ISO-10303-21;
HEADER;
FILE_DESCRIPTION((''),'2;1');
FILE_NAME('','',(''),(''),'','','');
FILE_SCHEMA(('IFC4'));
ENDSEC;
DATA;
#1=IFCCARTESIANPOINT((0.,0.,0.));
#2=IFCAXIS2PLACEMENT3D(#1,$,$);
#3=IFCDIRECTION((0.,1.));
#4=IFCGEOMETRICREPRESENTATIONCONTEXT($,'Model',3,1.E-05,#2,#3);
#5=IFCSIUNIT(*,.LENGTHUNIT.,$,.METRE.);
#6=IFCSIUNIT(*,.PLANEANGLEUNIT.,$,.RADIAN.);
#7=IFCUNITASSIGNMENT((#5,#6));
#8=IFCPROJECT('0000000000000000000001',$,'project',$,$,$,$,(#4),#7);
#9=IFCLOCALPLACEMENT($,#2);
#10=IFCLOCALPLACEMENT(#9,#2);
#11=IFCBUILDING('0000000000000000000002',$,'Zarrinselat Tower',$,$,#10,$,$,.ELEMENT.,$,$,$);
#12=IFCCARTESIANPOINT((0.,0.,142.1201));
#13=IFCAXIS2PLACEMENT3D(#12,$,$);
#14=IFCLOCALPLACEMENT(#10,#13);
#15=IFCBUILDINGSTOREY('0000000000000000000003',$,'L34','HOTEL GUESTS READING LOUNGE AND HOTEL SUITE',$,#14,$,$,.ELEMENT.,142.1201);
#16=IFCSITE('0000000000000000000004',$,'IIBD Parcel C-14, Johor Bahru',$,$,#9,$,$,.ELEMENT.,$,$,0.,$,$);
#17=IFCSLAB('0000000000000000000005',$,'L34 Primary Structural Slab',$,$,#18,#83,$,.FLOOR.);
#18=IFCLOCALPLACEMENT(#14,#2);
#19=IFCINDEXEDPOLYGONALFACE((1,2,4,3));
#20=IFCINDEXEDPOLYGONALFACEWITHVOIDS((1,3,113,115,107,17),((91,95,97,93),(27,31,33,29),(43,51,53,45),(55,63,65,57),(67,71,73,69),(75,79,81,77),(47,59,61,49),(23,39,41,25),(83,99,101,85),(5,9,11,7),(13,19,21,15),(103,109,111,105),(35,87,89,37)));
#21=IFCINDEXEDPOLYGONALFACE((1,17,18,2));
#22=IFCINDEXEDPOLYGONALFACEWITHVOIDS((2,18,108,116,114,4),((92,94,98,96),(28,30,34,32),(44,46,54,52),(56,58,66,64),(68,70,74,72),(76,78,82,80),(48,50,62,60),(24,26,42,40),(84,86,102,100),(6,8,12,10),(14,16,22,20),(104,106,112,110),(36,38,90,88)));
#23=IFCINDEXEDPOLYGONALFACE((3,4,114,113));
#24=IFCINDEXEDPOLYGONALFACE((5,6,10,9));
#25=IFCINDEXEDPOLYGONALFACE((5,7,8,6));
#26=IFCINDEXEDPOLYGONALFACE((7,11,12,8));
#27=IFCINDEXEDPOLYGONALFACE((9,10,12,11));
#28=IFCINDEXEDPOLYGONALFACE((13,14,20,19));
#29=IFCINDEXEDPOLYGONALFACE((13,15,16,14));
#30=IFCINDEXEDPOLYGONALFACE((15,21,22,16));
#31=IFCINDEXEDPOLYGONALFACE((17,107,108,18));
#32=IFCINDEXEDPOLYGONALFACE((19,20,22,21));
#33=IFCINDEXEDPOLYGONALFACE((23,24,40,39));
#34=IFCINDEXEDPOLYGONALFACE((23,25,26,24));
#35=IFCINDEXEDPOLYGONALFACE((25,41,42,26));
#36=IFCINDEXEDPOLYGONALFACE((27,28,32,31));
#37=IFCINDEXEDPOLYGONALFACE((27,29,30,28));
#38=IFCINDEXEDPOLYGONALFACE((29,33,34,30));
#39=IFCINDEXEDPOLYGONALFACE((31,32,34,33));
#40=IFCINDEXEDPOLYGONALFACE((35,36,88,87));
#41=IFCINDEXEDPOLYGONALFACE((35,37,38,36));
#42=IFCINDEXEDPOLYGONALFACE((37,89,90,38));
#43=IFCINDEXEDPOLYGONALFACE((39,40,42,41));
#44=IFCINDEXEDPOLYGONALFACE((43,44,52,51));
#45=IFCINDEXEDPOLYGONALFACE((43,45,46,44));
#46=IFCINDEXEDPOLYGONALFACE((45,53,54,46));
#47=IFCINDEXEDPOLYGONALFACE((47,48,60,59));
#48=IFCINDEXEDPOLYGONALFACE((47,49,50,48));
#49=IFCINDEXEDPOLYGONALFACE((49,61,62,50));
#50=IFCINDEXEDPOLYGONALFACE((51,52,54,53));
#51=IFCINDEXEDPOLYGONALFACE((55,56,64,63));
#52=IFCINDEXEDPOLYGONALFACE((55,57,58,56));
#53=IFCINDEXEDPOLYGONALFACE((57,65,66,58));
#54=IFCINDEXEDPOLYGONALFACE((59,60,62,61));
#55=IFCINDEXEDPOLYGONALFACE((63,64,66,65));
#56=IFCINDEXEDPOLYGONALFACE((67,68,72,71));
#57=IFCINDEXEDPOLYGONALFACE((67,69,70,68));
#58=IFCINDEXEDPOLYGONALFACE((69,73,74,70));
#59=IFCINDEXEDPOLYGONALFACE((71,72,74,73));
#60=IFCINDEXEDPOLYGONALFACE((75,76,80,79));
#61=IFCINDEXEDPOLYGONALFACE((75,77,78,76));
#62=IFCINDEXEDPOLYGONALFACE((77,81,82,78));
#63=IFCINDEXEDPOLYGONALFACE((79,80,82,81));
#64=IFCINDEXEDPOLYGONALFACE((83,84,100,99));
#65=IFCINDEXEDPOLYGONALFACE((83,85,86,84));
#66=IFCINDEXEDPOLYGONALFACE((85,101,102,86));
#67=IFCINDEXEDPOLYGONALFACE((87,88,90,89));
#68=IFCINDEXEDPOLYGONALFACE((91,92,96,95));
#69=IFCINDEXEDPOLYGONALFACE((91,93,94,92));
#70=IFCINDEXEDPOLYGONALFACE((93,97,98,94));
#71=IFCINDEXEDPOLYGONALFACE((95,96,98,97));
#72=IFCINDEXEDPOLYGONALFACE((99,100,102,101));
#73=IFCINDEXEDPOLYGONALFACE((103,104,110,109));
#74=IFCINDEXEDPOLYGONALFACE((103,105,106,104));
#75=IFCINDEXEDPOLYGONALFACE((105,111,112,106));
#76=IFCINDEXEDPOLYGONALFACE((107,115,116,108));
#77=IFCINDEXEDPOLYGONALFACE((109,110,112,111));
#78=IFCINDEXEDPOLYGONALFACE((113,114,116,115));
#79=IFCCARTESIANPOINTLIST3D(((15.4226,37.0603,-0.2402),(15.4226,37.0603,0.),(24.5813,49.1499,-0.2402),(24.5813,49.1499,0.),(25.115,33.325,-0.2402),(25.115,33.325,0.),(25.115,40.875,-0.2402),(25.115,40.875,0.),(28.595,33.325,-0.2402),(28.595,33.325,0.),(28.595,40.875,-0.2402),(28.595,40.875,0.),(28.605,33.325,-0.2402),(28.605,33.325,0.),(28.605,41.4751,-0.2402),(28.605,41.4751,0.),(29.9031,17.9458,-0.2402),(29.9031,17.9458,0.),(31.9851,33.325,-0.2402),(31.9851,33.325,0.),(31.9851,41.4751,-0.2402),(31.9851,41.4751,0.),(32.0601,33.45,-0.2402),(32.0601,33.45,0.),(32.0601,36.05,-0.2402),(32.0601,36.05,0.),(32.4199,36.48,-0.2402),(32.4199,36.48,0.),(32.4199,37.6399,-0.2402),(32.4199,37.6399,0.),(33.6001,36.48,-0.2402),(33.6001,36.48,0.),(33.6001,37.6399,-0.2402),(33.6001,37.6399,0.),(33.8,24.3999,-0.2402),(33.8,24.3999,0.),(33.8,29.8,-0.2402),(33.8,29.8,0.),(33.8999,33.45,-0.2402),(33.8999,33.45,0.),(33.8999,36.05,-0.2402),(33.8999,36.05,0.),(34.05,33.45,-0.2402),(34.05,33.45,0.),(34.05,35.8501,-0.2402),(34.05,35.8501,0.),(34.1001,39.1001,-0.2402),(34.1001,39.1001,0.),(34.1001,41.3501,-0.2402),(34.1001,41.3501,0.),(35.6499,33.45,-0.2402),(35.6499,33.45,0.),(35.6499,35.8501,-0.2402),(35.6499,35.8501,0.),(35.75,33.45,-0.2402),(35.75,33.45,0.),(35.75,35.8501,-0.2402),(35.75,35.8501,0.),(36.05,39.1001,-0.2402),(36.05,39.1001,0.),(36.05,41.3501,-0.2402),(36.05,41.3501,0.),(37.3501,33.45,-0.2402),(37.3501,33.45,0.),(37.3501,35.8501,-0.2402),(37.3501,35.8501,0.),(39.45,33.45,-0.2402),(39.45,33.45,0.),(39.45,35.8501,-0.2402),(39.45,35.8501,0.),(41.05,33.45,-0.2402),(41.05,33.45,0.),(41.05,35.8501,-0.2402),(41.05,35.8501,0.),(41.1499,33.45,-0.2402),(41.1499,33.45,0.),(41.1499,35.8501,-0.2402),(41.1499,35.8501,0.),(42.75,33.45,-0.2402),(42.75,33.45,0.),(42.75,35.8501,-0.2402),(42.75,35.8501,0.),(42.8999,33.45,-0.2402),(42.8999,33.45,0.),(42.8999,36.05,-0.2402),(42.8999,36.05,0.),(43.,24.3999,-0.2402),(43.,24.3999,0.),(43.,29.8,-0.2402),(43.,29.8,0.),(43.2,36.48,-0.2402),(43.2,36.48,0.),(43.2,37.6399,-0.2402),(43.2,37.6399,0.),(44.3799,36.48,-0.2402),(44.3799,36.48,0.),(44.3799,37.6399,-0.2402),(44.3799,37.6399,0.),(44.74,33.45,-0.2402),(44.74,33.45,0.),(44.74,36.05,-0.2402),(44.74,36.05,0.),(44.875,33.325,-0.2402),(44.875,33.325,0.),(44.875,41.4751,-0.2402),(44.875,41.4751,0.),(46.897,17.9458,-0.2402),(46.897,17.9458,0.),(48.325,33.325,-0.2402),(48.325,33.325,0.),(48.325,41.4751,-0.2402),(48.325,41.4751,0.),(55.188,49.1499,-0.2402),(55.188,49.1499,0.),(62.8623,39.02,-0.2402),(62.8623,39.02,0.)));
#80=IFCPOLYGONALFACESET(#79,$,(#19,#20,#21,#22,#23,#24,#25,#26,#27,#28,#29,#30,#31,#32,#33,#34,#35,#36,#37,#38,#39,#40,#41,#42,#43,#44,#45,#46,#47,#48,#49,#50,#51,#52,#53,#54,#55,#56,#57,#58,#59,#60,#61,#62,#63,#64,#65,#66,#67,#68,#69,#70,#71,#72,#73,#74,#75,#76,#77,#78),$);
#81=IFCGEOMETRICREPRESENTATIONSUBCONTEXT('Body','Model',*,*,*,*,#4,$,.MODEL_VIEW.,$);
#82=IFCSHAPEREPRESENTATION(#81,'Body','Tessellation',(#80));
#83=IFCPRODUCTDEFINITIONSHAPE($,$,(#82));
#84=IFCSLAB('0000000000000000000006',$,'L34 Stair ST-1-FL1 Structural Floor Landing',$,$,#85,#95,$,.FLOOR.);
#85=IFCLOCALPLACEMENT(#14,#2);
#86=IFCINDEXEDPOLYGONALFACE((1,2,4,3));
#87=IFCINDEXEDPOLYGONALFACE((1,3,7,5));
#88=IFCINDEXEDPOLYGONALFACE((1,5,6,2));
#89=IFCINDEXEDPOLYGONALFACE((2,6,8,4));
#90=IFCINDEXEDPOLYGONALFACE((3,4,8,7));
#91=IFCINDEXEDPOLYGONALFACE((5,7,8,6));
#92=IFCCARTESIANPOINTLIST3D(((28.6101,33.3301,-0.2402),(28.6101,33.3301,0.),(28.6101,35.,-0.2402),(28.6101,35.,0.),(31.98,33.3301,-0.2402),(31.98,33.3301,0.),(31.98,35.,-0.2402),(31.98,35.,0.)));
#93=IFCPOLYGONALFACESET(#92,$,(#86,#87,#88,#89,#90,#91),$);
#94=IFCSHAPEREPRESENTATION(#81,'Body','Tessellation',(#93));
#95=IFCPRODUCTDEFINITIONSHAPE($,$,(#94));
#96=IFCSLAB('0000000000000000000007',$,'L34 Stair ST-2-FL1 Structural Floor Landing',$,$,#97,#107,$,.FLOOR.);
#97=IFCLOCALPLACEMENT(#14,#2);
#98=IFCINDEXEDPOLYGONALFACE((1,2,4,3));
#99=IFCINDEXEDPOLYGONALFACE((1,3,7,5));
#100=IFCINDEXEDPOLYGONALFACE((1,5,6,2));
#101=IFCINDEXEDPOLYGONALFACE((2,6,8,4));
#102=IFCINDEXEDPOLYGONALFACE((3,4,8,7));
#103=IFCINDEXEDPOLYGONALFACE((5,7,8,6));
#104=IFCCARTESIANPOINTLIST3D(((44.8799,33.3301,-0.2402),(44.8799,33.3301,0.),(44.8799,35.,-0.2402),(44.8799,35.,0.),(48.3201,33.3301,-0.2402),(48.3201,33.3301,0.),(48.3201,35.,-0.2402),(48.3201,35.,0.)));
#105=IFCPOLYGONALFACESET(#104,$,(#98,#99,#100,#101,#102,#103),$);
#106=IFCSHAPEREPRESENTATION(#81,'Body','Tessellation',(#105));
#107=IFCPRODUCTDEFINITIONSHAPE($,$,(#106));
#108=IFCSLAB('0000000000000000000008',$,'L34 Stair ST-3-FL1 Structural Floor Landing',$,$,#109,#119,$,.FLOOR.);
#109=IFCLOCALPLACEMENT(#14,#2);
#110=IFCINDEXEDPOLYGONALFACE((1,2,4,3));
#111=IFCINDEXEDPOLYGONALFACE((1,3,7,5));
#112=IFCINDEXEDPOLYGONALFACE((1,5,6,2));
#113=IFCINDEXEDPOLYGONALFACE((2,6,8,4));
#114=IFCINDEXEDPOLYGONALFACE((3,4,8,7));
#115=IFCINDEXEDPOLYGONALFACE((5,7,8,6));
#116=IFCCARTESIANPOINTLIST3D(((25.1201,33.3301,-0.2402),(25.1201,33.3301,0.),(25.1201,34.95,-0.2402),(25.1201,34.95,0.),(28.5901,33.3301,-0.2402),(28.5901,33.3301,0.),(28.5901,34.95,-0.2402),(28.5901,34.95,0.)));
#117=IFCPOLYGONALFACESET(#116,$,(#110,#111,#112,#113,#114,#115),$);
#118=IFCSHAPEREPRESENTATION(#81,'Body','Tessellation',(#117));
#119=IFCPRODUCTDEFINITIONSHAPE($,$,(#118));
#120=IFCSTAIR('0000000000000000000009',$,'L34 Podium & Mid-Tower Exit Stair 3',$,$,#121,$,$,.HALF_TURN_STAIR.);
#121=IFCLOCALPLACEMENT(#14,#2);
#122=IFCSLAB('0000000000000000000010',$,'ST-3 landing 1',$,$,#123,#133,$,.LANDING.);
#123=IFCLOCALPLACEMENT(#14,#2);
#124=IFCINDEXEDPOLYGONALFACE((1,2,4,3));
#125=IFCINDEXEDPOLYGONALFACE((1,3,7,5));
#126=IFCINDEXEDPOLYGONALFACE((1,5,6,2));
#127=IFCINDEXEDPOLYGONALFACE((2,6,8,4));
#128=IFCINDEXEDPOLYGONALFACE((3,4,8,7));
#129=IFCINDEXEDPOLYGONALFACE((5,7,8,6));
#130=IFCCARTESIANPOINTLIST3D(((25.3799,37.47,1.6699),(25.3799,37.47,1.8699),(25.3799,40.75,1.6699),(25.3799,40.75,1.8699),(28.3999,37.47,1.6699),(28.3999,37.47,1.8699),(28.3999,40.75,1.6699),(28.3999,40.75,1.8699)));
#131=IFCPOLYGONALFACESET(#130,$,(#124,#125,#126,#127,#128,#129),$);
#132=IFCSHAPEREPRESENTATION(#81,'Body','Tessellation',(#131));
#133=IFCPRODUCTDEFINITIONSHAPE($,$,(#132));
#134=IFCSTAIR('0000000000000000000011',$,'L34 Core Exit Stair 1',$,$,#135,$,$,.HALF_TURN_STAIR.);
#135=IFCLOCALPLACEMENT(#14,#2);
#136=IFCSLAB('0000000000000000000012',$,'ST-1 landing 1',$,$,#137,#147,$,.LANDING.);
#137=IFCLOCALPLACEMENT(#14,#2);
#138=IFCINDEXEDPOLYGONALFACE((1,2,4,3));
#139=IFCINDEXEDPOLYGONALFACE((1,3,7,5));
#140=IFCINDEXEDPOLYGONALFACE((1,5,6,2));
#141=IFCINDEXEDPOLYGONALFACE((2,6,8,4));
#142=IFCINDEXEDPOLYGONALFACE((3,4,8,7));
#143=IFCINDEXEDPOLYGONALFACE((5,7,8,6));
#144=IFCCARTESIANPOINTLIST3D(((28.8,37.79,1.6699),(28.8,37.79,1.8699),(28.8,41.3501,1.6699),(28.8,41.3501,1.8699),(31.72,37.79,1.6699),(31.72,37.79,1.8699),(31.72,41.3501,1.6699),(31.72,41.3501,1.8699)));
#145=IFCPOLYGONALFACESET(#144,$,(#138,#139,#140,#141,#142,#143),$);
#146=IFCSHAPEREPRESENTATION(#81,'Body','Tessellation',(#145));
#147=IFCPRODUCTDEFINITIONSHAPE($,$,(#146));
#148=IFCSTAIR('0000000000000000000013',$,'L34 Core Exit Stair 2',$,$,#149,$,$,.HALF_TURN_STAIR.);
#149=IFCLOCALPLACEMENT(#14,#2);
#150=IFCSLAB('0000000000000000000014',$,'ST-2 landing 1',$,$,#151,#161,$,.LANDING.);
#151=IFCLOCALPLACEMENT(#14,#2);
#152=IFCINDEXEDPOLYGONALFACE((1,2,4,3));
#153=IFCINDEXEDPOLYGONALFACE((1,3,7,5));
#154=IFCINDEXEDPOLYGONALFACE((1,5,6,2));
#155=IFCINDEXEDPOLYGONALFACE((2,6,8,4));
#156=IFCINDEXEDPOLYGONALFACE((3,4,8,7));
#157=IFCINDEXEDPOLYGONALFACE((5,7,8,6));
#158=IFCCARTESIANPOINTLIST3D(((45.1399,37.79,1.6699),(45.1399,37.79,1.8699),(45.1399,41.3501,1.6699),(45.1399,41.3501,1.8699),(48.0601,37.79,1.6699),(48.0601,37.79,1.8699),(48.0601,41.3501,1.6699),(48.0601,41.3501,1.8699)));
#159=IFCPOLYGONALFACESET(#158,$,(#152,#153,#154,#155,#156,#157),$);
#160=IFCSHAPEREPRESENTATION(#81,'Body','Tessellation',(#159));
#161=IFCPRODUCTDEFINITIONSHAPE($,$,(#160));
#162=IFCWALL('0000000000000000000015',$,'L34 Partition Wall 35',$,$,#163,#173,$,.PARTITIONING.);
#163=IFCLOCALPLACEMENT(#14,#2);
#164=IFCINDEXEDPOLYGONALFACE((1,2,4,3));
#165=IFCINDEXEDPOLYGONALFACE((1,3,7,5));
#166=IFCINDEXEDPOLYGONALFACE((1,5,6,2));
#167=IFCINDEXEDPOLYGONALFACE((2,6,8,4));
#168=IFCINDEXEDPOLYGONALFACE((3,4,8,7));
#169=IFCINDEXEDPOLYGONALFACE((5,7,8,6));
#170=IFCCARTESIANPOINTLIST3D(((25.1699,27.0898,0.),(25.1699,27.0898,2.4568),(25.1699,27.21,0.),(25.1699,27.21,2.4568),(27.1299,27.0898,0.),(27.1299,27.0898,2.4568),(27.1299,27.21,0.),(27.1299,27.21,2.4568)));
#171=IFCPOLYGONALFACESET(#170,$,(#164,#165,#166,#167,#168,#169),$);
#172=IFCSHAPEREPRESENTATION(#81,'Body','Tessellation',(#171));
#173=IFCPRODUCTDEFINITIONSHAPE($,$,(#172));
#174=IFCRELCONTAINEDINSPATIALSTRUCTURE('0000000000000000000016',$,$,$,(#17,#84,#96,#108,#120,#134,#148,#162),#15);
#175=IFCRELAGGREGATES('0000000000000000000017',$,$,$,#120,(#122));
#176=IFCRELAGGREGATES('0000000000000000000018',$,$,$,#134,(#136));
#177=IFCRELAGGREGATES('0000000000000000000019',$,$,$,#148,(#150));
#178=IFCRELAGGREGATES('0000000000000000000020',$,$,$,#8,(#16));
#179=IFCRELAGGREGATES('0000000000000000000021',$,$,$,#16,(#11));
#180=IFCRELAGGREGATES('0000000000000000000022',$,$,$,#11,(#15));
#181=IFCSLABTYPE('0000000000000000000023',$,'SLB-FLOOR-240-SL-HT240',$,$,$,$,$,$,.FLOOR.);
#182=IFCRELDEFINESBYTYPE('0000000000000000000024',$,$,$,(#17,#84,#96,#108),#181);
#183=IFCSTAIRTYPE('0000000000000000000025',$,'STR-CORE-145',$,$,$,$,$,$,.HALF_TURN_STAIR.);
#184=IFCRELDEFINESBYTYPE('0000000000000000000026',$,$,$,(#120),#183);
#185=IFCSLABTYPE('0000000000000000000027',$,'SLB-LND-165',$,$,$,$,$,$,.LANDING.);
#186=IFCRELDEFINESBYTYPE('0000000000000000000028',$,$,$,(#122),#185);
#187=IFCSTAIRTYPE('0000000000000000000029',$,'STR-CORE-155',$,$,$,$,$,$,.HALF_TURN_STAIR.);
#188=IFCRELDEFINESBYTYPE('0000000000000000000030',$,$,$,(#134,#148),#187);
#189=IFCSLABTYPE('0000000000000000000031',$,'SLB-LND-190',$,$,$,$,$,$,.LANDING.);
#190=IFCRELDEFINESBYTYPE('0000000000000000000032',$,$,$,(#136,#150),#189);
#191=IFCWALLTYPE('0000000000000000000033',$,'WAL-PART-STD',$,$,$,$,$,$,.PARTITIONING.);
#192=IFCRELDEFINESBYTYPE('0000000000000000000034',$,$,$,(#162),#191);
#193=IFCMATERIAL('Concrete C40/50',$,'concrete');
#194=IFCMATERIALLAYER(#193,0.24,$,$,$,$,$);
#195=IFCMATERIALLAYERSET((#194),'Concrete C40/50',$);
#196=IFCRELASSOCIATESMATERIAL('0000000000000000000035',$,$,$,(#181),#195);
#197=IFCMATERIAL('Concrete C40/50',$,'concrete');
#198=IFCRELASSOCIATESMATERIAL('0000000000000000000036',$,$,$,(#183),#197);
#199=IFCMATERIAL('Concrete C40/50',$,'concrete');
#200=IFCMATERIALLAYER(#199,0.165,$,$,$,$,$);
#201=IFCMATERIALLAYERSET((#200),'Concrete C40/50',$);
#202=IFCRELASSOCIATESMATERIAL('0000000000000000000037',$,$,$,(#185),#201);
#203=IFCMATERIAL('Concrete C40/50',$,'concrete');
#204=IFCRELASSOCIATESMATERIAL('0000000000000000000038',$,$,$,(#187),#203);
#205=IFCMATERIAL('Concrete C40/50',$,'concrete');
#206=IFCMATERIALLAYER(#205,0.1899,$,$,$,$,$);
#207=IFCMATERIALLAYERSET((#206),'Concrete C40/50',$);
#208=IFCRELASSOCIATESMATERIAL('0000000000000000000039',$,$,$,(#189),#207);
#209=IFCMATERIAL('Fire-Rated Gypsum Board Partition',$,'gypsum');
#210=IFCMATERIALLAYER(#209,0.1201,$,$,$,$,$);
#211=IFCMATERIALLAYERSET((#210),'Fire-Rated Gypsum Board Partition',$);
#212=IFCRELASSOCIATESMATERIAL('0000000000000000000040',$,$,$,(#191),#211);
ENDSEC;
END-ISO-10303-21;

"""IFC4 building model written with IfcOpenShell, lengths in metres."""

from ifc_helpers import new_model, si_unit, direction, frame, frame_2d, origin, place, context, subcontext, project, spatial, polyline, rectangle, outline, extrude, material, layer, layer_set, type_object, element, aggregate, save


model = new_model("IFC4")

# Units and contexts
model_context = context("Model", 3, precision=1e-05, world=origin(), true_north=direction((0.0, 1.0)))
body_context = subcontext(model_context, "Body", "Model", "MODEL_VIEW")
ifc_project = project(units=[si_unit("LENGTHUNIT", "METRE"), si_unit("PLANEANGLEUNIT", "RADIAN")], contexts=[model_context])

# Site, building, storey
site_placement = place(None, origin())
site = spatial("IfcSite", under=ifc_project, at=site_placement, Name="IIBD Parcel C-14, Johor Bahru", CompositionType="ELEMENT", RefElevation=0.0)
building_placement = place(site_placement, origin())
building = spatial("IfcBuilding", under=site, at=building_placement, Name="Zarrinselat Tower", CompositionType="ELEMENT")
storey_placement = place(building_placement, frame((0.0, 0.0, 142.1201)))
storey = spatial("IfcBuildingStorey", under=building, at=storey_placement, Name="L34", Description="HOTEL GUESTS READING LOUNGE AND HOTEL SUITE", CompositionType="ELEMENT", Elevation=142.1201)

# Slabs
ifc_material_1 = material(Name="Concrete C40/50", Category="concrete")
ifc_layer_1 = layer(ifc_material_1, 0.24)
ifc_layer_set_1 = layer_set([ifc_layer_1], Name="Concrete C40/50")
slab_type_1 = type_object("IfcSlabType", Name="SLB-FLOOR-240-SL-HT240", PredefinedType="FLOOR", material=ifc_layer_set_1)
slab_1_placement = place(storey_placement, frame((0.0, 0.0, -0.2402)))
element("IfcSlab", 1, at=slab_1_placement, inside=storey, type_object=slab_type_1, Name="L34 Primary Structural Slab", PredefinedType="FLOOR", context=body_context, shape_type="SweptSolid", body=[
    extrude(outline(polyline([(55.188, 49.1499), (24.5813, 49.1499), (15.4226, 37.0603), (29.9031, 17.9458), (46.897, 17.9458), (62.8623, 39.02), (55.188, 49.1499)]), holes=[polyline([(35.6499, 33.45), (34.05, 33.45), (34.05, 35.8501), (35.6499, 35.8501), (35.6499, 33.45)]), polyline([(35.75, 33.45), (35.75, 35.8501), (37.3501, 35.8501), (37.3501, 33.45), (35.75, 33.45)]), polyline([(32.0601, 33.45), (32.0601, 36.05), (33.8999, 36.05), (33.8999, 33.45), (32.0601, 33.45)]), polyline([(33.6001, 36.48), (32.4199, 36.48), (32.4199, 37.6399), (33.6001, 37.6399), (33.6001, 36.48)]), polyline([(28.595, 33.325), (25.115, 33.325), (25.115, 40.875), (28.595, 40.875), (28.595, 33.325)]), polyline([(31.9851, 33.325), (28.605, 33.325), (28.605, 41.4751), (31.9851, 41.4751), (31.9851, 33.325)]), polyline([(36.05, 39.1001), (34.1001, 39.1001), (34.1001, 41.3501), (36.05, 41.3501), (36.05, 39.1001)]), polyline([(33.8, 24.3999), (33.8, 29.8), (43.0, 29.8), (43.0, 24.3999), (33.8, 24.3999)]), polyline([(39.45, 33.45), (39.45, 35.8501), (41.05, 35.8501), (41.05, 33.45), (39.45, 33.45)]), polyline([(41.1499, 33.45), (41.1499, 35.8501), (42.75, 35.8501), (42.75, 33.45), (41.1499, 33.45)]), polyline([(42.8999, 33.45), (42.8999, 36.05), (44.74, 36.05), (44.74, 33.45), (42.8999, 33.45)]), polyline([(43.2, 36.48), (43.2, 37.6399), (44.3799, 37.6399), (44.3799, 36.48), (43.2, 36.48)]), polyline([(48.325, 33.325), (44.875, 33.325), (44.875, 41.4751), (48.325, 41.4751), (48.325, 33.325)])]), origin(), (0.0, 0.0, 1.0), 0.2402),
])
slab_2_placement = place(storey_placement, frame((0.0, 0.0, -0.2402)))
element("IfcSlab", 2, at=slab_2_placement, inside=storey, type_object=slab_type_1, Name="L34 Stair ST-1-FL1 Structural Floor Landing", PredefinedType="FLOOR", context=body_context, shape_type="SweptSolid", body=[
    extrude(outline(polyline([(31.98, 33.3301), (31.98, 35.0), (28.6101, 35.0), (28.6101, 33.3301), (31.98, 33.3301)])), origin(), (0.0, 0.0, 1.0), 0.2402),
])
slab_3_placement = place(storey_placement, frame((0.0, 0.0, -0.2402)))
element("IfcSlab", 3, at=slab_3_placement, inside=storey, type_object=slab_type_1, Name="L34 Stair ST-2-FL1 Structural Floor Landing", PredefinedType="FLOOR", context=body_context, shape_type="SweptSolid", body=[
    extrude(outline(polyline([(48.3201, 33.3301), (48.3201, 35.0), (44.8799, 35.0), (44.8799, 33.3301), (48.3201, 33.3301)])), origin(), (0.0, 0.0, 1.0), 0.2402),
])
slab_4_placement = place(storey_placement, frame((0.0, 0.0, -0.2402)))
element("IfcSlab", 4, at=slab_4_placement, inside=storey, type_object=slab_type_1, Name="L34 Stair ST-3-FL1 Structural Floor Landing", PredefinedType="FLOOR", context=body_context, shape_type="SweptSolid", body=[
    extrude(outline(polyline([(28.5901, 33.3301), (28.5901, 34.95), (25.1201, 34.95), (25.1201, 33.3301), (28.5901, 33.3301)])), origin(), (0.0, 0.0, 1.0), 0.2402),
])

# Stairs, slabs
ifc_material_2 = material(Name="Concrete C40/50", Category="concrete")
stair_type_1 = type_object("IfcStairType", Name="STR-CORE-145", PredefinedType="HALF_TURN_STAIR", material=ifc_material_2)
stair_1_placement = place(storey_placement, origin())
stair_1 = element("IfcStair", 5, at=stair_1_placement, inside=storey, type_object=stair_type_1, Name="L34 Podium & Mid-Tower Exit Stair 3", PredefinedType="HALF_TURN_STAIR")
ifc_material_3 = material(Name="Concrete C40/50", Category="concrete")
ifc_layer_2 = layer(ifc_material_3, 0.165)
ifc_layer_set_2 = layer_set([ifc_layer_2], Name="Concrete C40/50")
slab_type_2 = type_object("IfcSlabType", Name="SLB-LND-165", PredefinedType="LANDING", material=ifc_layer_set_2)
slab_5_placement = place(storey_placement, frame((0.0, 0.0, 1.6699)))
slab_5 = element("IfcSlab", 6, at=slab_5_placement, type_object=slab_type_2, Name="ST-3 landing 1", PredefinedType="LANDING", context=body_context, shape_type="SweptSolid", body=[
    extrude(outline(polyline([(28.3999, 37.47), (28.3999, 40.75), (25.3799, 40.75), (25.3799, 37.47), (28.3999, 37.47)])), origin(), (0.0, 0.0, 1.0), 0.2),
])
aggregate(stair_1, [slab_5])
ifc_material_4 = material(Name="Concrete C40/50", Category="concrete")
stair_type_2 = type_object("IfcStairType", Name="STR-CORE-155", PredefinedType="HALF_TURN_STAIR", material=ifc_material_4)
stair_2_placement = place(storey_placement, origin())
stair_2 = element("IfcStair", 7, at=stair_2_placement, inside=storey, type_object=stair_type_2, Name="L34 Core Exit Stair 1", PredefinedType="HALF_TURN_STAIR")
ifc_material_5 = material(Name="Concrete C40/50", Category="concrete")
ifc_layer_3 = layer(ifc_material_5, 0.1899)
ifc_layer_set_3 = layer_set([ifc_layer_3], Name="Concrete C40/50")
slab_type_3 = type_object("IfcSlabType", Name="SLB-LND-190", PredefinedType="LANDING", material=ifc_layer_set_3)
slab_6_placement = place(storey_placement, frame((0.0, 0.0, 1.6699)))
slab_6 = element("IfcSlab", 8, at=slab_6_placement, type_object=slab_type_3, Name="ST-1 landing 1", PredefinedType="LANDING", context=body_context, shape_type="SweptSolid", body=[
    extrude(outline(polyline([(31.72, 37.79), (31.72, 41.3501), (28.8, 41.3501), (28.8, 37.79), (31.72, 37.79)])), origin(), (0.0, 0.0, 1.0), 0.2),
])
aggregate(stair_2, [slab_6])
stair_3_placement = place(storey_placement, origin())
stair_3 = element("IfcStair", 9, at=stair_3_placement, inside=storey, type_object=stair_type_2, Name="L34 Core Exit Stair 2", PredefinedType="HALF_TURN_STAIR")
slab_7_placement = place(storey_placement, frame((0.0, 0.0, 1.6699)))
slab_7 = element("IfcSlab", 10, at=slab_7_placement, type_object=slab_type_3, Name="ST-2 landing 1", PredefinedType="LANDING", context=body_context, shape_type="SweptSolid", body=[
    extrude(outline(polyline([(48.0601, 37.79), (48.0601, 41.3501), (45.1399, 41.3501), (45.1399, 37.79), (48.0601, 37.79)])), origin(), (0.0, 0.0, 1.0), 0.2),
])
aggregate(stair_3, [slab_7])

# Wall
ifc_material_6 = material(Name="Fire-Rated Gypsum Board Partition", Category="gypsum")
ifc_layer_4 = layer(ifc_material_6, 0.1201)
ifc_layer_set_4 = layer_set([ifc_layer_4], Name="Fire-Rated Gypsum Board Partition")
wall_type_1 = type_object("IfcWallType", Name="WAL-PART-STD", PredefinedType="PARTITIONING", material=ifc_layer_set_4)
wall_1_placement = place(storey_placement, frame((25.1699, 27.1499, 0.0), z_axis=(0.0, 0.0, 1.0), x_axis=(1.0, 0.0, 0.0)))
element("IfcWall", 11, at=wall_1_placement, inside=storey, type_object=wall_type_1, Name="L34 Partition Wall 35", PredefinedType="PARTITIONING", context=body_context, shape_type="SweptSolid", body=[
    extrude(rectangle(XDim=1.96, YDim=0.1201, at=frame_2d((0.98, 0.0))), origin(), (0.0, 0.0, 1.0), 2.4568),
])

save(model, "model.ifc")
